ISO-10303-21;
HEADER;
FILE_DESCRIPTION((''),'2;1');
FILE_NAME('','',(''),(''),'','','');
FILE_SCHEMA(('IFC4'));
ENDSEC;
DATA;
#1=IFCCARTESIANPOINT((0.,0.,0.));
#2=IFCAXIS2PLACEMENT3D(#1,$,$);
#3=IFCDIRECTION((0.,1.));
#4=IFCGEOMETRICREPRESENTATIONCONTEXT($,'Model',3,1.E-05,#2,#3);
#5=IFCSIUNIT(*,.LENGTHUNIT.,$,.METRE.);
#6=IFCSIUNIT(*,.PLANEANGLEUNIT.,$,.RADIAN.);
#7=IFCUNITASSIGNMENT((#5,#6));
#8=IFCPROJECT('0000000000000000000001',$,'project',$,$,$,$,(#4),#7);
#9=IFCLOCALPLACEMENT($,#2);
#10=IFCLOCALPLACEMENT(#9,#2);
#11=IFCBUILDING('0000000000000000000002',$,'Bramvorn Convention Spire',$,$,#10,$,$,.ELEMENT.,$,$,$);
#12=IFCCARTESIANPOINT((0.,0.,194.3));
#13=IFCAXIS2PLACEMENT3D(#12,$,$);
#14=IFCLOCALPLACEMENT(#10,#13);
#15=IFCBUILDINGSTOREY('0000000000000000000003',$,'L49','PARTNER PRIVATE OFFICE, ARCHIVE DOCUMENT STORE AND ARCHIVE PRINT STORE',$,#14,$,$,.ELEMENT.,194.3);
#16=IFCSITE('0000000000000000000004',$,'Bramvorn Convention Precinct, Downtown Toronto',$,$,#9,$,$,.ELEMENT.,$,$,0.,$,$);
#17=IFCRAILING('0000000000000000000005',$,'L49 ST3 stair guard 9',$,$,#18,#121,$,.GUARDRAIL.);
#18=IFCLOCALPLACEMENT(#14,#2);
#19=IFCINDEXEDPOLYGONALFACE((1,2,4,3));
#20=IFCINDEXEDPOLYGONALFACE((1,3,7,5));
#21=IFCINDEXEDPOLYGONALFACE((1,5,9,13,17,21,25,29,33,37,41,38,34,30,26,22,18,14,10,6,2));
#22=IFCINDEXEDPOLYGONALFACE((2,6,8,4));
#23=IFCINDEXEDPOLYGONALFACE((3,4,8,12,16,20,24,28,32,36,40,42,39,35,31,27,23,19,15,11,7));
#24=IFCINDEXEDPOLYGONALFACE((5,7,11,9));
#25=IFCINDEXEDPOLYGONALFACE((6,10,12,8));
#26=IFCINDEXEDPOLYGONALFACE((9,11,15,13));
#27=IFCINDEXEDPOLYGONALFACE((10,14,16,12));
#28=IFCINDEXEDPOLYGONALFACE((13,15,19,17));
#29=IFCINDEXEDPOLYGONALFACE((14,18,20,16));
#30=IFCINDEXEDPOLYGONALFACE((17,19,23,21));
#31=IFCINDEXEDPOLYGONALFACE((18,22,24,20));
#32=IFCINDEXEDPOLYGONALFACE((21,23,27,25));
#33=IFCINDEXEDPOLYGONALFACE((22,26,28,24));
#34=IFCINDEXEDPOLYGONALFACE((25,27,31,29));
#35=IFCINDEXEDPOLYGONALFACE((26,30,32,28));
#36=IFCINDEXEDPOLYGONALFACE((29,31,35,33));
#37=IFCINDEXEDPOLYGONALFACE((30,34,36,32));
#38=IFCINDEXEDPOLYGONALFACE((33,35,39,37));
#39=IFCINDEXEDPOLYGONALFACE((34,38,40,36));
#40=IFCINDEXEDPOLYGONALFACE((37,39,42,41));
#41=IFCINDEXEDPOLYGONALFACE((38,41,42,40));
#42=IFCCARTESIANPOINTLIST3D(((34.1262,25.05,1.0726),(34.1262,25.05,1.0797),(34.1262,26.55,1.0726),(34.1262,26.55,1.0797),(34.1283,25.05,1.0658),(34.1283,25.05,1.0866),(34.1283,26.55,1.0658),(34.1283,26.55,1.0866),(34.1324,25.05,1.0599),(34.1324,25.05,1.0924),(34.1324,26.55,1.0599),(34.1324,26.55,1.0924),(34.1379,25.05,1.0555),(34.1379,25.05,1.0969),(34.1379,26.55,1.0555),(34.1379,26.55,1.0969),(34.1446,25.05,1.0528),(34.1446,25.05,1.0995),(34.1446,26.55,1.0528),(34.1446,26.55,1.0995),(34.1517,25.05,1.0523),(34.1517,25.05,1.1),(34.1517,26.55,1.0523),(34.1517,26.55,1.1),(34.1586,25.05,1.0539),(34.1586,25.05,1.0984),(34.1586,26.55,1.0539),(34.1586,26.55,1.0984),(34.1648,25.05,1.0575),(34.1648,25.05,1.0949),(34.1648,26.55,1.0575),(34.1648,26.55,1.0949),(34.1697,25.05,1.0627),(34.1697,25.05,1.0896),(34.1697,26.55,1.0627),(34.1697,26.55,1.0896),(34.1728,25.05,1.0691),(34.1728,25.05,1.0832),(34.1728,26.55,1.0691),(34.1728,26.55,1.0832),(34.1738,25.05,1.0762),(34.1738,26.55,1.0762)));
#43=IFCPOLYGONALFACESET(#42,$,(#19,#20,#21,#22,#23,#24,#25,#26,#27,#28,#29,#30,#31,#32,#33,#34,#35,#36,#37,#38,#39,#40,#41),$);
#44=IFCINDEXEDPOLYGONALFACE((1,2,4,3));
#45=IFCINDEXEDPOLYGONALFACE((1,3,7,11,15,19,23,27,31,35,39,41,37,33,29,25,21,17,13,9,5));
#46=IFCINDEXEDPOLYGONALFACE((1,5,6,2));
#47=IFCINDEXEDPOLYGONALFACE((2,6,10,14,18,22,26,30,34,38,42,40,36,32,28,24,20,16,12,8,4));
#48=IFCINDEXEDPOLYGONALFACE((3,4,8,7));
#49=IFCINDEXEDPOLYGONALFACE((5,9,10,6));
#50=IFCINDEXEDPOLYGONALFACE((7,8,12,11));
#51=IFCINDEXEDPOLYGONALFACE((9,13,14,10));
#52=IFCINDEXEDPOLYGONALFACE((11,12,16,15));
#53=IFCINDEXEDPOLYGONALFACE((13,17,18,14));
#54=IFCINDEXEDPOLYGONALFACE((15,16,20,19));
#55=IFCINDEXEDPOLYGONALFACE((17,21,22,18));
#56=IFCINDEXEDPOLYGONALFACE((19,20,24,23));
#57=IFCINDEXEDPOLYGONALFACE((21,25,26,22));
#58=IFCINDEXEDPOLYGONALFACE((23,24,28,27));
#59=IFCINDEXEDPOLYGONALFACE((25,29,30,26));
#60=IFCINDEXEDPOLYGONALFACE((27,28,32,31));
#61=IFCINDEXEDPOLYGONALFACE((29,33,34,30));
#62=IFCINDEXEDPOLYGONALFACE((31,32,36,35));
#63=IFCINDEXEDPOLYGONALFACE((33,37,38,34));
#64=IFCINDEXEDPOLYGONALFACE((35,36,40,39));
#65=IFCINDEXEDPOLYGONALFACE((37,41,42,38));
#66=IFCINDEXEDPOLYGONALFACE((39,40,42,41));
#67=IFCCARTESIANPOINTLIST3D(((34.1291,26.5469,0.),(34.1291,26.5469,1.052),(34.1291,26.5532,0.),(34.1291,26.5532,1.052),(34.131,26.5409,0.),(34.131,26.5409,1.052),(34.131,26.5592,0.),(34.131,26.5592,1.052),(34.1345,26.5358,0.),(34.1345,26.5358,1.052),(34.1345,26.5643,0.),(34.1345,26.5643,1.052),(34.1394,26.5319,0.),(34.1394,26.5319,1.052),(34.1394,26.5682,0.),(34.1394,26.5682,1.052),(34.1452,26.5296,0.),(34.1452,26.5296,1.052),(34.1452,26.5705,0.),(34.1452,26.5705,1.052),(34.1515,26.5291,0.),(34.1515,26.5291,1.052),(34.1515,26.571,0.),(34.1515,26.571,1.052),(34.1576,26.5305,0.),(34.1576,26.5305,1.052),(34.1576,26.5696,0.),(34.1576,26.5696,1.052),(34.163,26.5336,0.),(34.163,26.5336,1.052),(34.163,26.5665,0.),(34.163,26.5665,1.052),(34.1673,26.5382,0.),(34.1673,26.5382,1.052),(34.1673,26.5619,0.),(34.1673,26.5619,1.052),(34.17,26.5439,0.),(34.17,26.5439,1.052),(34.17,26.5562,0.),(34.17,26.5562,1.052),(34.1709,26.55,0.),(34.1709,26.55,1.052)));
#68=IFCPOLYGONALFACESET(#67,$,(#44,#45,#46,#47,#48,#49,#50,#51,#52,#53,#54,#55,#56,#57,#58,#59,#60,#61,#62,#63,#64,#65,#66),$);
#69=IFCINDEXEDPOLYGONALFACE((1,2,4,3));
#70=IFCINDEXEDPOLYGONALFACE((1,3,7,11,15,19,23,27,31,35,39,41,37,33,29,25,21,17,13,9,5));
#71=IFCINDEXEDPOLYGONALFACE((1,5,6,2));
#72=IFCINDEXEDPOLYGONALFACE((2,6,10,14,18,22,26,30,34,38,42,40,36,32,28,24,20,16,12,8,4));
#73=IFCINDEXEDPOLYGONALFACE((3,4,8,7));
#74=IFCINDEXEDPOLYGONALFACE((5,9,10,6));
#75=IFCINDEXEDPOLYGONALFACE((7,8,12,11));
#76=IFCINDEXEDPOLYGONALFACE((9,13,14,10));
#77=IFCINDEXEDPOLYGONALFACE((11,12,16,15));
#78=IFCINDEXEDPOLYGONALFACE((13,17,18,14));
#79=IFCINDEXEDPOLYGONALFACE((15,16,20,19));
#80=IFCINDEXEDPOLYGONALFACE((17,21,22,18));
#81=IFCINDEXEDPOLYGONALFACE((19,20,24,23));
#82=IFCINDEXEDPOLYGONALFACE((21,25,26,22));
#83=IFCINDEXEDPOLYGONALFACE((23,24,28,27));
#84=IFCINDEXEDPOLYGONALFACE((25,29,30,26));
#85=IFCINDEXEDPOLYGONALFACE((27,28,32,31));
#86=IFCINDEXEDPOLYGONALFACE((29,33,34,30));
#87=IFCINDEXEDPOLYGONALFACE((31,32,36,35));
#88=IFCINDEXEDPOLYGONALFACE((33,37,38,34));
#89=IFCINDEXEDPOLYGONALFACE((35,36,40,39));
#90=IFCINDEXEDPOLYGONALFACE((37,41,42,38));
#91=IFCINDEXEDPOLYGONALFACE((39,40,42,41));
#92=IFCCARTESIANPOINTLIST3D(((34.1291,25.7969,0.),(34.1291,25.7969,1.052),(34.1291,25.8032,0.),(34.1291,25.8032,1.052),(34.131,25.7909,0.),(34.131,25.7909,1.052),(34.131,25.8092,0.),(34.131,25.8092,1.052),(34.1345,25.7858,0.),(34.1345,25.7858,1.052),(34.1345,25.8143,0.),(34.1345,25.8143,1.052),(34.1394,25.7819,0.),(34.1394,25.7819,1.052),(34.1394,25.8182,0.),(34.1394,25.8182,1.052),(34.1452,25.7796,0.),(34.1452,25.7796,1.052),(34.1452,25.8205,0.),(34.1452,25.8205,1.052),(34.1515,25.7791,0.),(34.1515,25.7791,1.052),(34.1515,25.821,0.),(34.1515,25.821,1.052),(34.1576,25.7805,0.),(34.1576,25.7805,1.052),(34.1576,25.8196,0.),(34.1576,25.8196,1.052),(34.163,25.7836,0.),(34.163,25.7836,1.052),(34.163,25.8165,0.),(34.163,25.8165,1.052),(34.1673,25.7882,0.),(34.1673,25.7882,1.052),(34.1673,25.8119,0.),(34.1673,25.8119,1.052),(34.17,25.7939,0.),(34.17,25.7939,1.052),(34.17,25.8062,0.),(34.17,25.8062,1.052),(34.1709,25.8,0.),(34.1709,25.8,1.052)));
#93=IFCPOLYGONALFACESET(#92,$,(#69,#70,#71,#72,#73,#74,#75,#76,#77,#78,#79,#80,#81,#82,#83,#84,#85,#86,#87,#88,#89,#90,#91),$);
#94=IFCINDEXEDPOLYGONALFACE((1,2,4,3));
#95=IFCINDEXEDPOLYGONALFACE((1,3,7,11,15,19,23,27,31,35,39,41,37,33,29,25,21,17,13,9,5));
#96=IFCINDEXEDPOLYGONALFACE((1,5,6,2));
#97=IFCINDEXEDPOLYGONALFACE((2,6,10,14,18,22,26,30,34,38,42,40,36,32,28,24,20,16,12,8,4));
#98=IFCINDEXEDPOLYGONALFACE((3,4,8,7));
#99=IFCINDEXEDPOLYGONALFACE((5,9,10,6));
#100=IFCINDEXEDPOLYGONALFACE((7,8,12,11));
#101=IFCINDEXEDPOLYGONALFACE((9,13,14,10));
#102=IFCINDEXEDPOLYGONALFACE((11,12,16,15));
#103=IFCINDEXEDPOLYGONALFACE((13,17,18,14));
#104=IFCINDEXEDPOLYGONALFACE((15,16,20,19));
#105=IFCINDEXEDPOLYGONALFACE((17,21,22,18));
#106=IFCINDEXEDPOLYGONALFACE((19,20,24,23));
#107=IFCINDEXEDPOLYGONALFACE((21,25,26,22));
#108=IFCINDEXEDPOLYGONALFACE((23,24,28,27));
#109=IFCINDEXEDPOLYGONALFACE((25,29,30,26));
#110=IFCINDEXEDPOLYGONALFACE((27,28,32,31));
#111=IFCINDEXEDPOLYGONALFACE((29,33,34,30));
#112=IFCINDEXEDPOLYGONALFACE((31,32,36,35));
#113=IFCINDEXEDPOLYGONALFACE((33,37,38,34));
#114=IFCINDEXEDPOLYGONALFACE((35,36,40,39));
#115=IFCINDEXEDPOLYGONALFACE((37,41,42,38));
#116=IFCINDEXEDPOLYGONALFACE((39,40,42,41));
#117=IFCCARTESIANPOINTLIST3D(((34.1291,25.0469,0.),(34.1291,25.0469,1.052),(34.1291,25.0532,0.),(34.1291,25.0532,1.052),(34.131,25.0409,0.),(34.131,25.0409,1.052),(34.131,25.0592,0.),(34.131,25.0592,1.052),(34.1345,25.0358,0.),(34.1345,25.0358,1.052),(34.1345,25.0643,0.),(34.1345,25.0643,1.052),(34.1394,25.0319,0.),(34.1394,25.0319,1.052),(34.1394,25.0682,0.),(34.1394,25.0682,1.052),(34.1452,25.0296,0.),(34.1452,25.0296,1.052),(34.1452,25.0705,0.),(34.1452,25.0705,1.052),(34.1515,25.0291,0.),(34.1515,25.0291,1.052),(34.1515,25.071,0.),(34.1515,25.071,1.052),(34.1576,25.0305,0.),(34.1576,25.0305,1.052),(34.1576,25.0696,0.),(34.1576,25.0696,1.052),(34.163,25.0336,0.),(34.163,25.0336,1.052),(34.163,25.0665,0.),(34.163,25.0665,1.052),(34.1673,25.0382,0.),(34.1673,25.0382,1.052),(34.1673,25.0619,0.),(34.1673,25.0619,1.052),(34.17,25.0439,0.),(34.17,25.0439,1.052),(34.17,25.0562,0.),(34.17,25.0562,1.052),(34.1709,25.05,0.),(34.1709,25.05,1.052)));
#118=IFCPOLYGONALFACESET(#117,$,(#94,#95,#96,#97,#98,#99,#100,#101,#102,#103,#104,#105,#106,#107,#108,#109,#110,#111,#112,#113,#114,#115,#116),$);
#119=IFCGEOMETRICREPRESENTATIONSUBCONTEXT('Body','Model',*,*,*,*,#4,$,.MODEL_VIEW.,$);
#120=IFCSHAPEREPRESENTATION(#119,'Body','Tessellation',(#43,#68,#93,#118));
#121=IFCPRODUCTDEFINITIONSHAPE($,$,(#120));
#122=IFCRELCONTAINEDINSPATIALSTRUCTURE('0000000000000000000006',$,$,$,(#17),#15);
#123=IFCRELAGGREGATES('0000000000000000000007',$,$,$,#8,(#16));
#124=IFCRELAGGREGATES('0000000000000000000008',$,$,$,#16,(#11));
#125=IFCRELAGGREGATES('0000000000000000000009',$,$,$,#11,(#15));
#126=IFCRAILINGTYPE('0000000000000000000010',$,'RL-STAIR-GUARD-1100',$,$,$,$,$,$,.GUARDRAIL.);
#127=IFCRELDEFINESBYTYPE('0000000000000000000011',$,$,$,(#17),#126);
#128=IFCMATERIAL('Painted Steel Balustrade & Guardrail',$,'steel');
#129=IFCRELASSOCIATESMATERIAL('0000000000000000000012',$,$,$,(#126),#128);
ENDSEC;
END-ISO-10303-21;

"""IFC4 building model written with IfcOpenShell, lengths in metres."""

from ifc_helpers import new_model, si_unit, direction, frame, origin, origin_2d, place, context, subcontext, project, spatial, circle, extrude, material, type_object, element, save


model = new_model("IFC4")

# Units and contexts
model_context = context("Model", 3, precision=1e-05, world=origin(), true_north=direction((0.0, 1.0)))
body_context = subcontext(model_context, "Body", "Model", "MODEL_VIEW")
ifc_project = project(units=[si_unit("LENGTHUNIT", "METRE"), si_unit("PLANEANGLEUNIT", "RADIAN")], contexts=[model_context])

# Site, building, storey
site_placement = place(None, origin())
site = spatial("IfcSite", under=ifc_project, at=site_placement, Name="Bramvorn Convention Precinct, Downtown Toronto", CompositionType="ELEMENT", RefElevation=0.0)
building_placement = place(site_placement, origin())
building = spatial("IfcBuilding", under=site, at=building_placement, Name="Bramvorn Convention Spire", CompositionType="ELEMENT")
storey_placement = place(building_placement, frame((0.0, 0.0, 194.3)))
storey = spatial("IfcBuildingStorey", under=building, at=storey_placement, Name="L49", Description="PARTNER PRIVATE OFFICE, ARCHIVE DOCUMENT STORE AND ARCHIVE PRINT STORE", CompositionType="ELEMENT", Elevation=194.3)

# Railing
ifc_material_1 = material(Name="Painted Steel Balustrade & Guardrail", Category="steel")
railing_type_1 = type_object("IfcRailingType", Name="RL-STAIR-GUARD-1100", PredefinedType="GUARDRAIL", material=ifc_material_1)
railing_1_placement = place(storey_placement, frame((34.1499, 26.55, 0.0)))
element("IfcRailing", 1, at=railing_1_placement, inside=storey, type_object=railing_type_1, Name="L49 ST3 stair guard 9", PredefinedType="GUARDRAIL", context=body_context, shape_type="SweptSolid", body=[
    extrude(circle(Radius=0.0239, at=origin_2d()), frame((0.0, 0.0, 1.0762), z_axis=(0.0, -1.0, 0.0), x_axis=(1.0, 0.0, 0.0)), (0.0, 0.0, 1.0), 1.5),
    extrude(circle(Radius=0.021, at=origin_2d()), origin(), (0.0, 0.0, 1.0), 1.052),
    extrude(circle(Radius=0.021, at=origin_2d()), frame((0.0, -0.75, 0.0)), (0.0, 0.0, 1.0), 1.052),
    extrude(circle(Radius=0.021, at=origin_2d()), frame((0.0, -1.5, 0.0)), (0.0, 0.0, 1.0), 1.052),
])

save(model, "model.ifc")
